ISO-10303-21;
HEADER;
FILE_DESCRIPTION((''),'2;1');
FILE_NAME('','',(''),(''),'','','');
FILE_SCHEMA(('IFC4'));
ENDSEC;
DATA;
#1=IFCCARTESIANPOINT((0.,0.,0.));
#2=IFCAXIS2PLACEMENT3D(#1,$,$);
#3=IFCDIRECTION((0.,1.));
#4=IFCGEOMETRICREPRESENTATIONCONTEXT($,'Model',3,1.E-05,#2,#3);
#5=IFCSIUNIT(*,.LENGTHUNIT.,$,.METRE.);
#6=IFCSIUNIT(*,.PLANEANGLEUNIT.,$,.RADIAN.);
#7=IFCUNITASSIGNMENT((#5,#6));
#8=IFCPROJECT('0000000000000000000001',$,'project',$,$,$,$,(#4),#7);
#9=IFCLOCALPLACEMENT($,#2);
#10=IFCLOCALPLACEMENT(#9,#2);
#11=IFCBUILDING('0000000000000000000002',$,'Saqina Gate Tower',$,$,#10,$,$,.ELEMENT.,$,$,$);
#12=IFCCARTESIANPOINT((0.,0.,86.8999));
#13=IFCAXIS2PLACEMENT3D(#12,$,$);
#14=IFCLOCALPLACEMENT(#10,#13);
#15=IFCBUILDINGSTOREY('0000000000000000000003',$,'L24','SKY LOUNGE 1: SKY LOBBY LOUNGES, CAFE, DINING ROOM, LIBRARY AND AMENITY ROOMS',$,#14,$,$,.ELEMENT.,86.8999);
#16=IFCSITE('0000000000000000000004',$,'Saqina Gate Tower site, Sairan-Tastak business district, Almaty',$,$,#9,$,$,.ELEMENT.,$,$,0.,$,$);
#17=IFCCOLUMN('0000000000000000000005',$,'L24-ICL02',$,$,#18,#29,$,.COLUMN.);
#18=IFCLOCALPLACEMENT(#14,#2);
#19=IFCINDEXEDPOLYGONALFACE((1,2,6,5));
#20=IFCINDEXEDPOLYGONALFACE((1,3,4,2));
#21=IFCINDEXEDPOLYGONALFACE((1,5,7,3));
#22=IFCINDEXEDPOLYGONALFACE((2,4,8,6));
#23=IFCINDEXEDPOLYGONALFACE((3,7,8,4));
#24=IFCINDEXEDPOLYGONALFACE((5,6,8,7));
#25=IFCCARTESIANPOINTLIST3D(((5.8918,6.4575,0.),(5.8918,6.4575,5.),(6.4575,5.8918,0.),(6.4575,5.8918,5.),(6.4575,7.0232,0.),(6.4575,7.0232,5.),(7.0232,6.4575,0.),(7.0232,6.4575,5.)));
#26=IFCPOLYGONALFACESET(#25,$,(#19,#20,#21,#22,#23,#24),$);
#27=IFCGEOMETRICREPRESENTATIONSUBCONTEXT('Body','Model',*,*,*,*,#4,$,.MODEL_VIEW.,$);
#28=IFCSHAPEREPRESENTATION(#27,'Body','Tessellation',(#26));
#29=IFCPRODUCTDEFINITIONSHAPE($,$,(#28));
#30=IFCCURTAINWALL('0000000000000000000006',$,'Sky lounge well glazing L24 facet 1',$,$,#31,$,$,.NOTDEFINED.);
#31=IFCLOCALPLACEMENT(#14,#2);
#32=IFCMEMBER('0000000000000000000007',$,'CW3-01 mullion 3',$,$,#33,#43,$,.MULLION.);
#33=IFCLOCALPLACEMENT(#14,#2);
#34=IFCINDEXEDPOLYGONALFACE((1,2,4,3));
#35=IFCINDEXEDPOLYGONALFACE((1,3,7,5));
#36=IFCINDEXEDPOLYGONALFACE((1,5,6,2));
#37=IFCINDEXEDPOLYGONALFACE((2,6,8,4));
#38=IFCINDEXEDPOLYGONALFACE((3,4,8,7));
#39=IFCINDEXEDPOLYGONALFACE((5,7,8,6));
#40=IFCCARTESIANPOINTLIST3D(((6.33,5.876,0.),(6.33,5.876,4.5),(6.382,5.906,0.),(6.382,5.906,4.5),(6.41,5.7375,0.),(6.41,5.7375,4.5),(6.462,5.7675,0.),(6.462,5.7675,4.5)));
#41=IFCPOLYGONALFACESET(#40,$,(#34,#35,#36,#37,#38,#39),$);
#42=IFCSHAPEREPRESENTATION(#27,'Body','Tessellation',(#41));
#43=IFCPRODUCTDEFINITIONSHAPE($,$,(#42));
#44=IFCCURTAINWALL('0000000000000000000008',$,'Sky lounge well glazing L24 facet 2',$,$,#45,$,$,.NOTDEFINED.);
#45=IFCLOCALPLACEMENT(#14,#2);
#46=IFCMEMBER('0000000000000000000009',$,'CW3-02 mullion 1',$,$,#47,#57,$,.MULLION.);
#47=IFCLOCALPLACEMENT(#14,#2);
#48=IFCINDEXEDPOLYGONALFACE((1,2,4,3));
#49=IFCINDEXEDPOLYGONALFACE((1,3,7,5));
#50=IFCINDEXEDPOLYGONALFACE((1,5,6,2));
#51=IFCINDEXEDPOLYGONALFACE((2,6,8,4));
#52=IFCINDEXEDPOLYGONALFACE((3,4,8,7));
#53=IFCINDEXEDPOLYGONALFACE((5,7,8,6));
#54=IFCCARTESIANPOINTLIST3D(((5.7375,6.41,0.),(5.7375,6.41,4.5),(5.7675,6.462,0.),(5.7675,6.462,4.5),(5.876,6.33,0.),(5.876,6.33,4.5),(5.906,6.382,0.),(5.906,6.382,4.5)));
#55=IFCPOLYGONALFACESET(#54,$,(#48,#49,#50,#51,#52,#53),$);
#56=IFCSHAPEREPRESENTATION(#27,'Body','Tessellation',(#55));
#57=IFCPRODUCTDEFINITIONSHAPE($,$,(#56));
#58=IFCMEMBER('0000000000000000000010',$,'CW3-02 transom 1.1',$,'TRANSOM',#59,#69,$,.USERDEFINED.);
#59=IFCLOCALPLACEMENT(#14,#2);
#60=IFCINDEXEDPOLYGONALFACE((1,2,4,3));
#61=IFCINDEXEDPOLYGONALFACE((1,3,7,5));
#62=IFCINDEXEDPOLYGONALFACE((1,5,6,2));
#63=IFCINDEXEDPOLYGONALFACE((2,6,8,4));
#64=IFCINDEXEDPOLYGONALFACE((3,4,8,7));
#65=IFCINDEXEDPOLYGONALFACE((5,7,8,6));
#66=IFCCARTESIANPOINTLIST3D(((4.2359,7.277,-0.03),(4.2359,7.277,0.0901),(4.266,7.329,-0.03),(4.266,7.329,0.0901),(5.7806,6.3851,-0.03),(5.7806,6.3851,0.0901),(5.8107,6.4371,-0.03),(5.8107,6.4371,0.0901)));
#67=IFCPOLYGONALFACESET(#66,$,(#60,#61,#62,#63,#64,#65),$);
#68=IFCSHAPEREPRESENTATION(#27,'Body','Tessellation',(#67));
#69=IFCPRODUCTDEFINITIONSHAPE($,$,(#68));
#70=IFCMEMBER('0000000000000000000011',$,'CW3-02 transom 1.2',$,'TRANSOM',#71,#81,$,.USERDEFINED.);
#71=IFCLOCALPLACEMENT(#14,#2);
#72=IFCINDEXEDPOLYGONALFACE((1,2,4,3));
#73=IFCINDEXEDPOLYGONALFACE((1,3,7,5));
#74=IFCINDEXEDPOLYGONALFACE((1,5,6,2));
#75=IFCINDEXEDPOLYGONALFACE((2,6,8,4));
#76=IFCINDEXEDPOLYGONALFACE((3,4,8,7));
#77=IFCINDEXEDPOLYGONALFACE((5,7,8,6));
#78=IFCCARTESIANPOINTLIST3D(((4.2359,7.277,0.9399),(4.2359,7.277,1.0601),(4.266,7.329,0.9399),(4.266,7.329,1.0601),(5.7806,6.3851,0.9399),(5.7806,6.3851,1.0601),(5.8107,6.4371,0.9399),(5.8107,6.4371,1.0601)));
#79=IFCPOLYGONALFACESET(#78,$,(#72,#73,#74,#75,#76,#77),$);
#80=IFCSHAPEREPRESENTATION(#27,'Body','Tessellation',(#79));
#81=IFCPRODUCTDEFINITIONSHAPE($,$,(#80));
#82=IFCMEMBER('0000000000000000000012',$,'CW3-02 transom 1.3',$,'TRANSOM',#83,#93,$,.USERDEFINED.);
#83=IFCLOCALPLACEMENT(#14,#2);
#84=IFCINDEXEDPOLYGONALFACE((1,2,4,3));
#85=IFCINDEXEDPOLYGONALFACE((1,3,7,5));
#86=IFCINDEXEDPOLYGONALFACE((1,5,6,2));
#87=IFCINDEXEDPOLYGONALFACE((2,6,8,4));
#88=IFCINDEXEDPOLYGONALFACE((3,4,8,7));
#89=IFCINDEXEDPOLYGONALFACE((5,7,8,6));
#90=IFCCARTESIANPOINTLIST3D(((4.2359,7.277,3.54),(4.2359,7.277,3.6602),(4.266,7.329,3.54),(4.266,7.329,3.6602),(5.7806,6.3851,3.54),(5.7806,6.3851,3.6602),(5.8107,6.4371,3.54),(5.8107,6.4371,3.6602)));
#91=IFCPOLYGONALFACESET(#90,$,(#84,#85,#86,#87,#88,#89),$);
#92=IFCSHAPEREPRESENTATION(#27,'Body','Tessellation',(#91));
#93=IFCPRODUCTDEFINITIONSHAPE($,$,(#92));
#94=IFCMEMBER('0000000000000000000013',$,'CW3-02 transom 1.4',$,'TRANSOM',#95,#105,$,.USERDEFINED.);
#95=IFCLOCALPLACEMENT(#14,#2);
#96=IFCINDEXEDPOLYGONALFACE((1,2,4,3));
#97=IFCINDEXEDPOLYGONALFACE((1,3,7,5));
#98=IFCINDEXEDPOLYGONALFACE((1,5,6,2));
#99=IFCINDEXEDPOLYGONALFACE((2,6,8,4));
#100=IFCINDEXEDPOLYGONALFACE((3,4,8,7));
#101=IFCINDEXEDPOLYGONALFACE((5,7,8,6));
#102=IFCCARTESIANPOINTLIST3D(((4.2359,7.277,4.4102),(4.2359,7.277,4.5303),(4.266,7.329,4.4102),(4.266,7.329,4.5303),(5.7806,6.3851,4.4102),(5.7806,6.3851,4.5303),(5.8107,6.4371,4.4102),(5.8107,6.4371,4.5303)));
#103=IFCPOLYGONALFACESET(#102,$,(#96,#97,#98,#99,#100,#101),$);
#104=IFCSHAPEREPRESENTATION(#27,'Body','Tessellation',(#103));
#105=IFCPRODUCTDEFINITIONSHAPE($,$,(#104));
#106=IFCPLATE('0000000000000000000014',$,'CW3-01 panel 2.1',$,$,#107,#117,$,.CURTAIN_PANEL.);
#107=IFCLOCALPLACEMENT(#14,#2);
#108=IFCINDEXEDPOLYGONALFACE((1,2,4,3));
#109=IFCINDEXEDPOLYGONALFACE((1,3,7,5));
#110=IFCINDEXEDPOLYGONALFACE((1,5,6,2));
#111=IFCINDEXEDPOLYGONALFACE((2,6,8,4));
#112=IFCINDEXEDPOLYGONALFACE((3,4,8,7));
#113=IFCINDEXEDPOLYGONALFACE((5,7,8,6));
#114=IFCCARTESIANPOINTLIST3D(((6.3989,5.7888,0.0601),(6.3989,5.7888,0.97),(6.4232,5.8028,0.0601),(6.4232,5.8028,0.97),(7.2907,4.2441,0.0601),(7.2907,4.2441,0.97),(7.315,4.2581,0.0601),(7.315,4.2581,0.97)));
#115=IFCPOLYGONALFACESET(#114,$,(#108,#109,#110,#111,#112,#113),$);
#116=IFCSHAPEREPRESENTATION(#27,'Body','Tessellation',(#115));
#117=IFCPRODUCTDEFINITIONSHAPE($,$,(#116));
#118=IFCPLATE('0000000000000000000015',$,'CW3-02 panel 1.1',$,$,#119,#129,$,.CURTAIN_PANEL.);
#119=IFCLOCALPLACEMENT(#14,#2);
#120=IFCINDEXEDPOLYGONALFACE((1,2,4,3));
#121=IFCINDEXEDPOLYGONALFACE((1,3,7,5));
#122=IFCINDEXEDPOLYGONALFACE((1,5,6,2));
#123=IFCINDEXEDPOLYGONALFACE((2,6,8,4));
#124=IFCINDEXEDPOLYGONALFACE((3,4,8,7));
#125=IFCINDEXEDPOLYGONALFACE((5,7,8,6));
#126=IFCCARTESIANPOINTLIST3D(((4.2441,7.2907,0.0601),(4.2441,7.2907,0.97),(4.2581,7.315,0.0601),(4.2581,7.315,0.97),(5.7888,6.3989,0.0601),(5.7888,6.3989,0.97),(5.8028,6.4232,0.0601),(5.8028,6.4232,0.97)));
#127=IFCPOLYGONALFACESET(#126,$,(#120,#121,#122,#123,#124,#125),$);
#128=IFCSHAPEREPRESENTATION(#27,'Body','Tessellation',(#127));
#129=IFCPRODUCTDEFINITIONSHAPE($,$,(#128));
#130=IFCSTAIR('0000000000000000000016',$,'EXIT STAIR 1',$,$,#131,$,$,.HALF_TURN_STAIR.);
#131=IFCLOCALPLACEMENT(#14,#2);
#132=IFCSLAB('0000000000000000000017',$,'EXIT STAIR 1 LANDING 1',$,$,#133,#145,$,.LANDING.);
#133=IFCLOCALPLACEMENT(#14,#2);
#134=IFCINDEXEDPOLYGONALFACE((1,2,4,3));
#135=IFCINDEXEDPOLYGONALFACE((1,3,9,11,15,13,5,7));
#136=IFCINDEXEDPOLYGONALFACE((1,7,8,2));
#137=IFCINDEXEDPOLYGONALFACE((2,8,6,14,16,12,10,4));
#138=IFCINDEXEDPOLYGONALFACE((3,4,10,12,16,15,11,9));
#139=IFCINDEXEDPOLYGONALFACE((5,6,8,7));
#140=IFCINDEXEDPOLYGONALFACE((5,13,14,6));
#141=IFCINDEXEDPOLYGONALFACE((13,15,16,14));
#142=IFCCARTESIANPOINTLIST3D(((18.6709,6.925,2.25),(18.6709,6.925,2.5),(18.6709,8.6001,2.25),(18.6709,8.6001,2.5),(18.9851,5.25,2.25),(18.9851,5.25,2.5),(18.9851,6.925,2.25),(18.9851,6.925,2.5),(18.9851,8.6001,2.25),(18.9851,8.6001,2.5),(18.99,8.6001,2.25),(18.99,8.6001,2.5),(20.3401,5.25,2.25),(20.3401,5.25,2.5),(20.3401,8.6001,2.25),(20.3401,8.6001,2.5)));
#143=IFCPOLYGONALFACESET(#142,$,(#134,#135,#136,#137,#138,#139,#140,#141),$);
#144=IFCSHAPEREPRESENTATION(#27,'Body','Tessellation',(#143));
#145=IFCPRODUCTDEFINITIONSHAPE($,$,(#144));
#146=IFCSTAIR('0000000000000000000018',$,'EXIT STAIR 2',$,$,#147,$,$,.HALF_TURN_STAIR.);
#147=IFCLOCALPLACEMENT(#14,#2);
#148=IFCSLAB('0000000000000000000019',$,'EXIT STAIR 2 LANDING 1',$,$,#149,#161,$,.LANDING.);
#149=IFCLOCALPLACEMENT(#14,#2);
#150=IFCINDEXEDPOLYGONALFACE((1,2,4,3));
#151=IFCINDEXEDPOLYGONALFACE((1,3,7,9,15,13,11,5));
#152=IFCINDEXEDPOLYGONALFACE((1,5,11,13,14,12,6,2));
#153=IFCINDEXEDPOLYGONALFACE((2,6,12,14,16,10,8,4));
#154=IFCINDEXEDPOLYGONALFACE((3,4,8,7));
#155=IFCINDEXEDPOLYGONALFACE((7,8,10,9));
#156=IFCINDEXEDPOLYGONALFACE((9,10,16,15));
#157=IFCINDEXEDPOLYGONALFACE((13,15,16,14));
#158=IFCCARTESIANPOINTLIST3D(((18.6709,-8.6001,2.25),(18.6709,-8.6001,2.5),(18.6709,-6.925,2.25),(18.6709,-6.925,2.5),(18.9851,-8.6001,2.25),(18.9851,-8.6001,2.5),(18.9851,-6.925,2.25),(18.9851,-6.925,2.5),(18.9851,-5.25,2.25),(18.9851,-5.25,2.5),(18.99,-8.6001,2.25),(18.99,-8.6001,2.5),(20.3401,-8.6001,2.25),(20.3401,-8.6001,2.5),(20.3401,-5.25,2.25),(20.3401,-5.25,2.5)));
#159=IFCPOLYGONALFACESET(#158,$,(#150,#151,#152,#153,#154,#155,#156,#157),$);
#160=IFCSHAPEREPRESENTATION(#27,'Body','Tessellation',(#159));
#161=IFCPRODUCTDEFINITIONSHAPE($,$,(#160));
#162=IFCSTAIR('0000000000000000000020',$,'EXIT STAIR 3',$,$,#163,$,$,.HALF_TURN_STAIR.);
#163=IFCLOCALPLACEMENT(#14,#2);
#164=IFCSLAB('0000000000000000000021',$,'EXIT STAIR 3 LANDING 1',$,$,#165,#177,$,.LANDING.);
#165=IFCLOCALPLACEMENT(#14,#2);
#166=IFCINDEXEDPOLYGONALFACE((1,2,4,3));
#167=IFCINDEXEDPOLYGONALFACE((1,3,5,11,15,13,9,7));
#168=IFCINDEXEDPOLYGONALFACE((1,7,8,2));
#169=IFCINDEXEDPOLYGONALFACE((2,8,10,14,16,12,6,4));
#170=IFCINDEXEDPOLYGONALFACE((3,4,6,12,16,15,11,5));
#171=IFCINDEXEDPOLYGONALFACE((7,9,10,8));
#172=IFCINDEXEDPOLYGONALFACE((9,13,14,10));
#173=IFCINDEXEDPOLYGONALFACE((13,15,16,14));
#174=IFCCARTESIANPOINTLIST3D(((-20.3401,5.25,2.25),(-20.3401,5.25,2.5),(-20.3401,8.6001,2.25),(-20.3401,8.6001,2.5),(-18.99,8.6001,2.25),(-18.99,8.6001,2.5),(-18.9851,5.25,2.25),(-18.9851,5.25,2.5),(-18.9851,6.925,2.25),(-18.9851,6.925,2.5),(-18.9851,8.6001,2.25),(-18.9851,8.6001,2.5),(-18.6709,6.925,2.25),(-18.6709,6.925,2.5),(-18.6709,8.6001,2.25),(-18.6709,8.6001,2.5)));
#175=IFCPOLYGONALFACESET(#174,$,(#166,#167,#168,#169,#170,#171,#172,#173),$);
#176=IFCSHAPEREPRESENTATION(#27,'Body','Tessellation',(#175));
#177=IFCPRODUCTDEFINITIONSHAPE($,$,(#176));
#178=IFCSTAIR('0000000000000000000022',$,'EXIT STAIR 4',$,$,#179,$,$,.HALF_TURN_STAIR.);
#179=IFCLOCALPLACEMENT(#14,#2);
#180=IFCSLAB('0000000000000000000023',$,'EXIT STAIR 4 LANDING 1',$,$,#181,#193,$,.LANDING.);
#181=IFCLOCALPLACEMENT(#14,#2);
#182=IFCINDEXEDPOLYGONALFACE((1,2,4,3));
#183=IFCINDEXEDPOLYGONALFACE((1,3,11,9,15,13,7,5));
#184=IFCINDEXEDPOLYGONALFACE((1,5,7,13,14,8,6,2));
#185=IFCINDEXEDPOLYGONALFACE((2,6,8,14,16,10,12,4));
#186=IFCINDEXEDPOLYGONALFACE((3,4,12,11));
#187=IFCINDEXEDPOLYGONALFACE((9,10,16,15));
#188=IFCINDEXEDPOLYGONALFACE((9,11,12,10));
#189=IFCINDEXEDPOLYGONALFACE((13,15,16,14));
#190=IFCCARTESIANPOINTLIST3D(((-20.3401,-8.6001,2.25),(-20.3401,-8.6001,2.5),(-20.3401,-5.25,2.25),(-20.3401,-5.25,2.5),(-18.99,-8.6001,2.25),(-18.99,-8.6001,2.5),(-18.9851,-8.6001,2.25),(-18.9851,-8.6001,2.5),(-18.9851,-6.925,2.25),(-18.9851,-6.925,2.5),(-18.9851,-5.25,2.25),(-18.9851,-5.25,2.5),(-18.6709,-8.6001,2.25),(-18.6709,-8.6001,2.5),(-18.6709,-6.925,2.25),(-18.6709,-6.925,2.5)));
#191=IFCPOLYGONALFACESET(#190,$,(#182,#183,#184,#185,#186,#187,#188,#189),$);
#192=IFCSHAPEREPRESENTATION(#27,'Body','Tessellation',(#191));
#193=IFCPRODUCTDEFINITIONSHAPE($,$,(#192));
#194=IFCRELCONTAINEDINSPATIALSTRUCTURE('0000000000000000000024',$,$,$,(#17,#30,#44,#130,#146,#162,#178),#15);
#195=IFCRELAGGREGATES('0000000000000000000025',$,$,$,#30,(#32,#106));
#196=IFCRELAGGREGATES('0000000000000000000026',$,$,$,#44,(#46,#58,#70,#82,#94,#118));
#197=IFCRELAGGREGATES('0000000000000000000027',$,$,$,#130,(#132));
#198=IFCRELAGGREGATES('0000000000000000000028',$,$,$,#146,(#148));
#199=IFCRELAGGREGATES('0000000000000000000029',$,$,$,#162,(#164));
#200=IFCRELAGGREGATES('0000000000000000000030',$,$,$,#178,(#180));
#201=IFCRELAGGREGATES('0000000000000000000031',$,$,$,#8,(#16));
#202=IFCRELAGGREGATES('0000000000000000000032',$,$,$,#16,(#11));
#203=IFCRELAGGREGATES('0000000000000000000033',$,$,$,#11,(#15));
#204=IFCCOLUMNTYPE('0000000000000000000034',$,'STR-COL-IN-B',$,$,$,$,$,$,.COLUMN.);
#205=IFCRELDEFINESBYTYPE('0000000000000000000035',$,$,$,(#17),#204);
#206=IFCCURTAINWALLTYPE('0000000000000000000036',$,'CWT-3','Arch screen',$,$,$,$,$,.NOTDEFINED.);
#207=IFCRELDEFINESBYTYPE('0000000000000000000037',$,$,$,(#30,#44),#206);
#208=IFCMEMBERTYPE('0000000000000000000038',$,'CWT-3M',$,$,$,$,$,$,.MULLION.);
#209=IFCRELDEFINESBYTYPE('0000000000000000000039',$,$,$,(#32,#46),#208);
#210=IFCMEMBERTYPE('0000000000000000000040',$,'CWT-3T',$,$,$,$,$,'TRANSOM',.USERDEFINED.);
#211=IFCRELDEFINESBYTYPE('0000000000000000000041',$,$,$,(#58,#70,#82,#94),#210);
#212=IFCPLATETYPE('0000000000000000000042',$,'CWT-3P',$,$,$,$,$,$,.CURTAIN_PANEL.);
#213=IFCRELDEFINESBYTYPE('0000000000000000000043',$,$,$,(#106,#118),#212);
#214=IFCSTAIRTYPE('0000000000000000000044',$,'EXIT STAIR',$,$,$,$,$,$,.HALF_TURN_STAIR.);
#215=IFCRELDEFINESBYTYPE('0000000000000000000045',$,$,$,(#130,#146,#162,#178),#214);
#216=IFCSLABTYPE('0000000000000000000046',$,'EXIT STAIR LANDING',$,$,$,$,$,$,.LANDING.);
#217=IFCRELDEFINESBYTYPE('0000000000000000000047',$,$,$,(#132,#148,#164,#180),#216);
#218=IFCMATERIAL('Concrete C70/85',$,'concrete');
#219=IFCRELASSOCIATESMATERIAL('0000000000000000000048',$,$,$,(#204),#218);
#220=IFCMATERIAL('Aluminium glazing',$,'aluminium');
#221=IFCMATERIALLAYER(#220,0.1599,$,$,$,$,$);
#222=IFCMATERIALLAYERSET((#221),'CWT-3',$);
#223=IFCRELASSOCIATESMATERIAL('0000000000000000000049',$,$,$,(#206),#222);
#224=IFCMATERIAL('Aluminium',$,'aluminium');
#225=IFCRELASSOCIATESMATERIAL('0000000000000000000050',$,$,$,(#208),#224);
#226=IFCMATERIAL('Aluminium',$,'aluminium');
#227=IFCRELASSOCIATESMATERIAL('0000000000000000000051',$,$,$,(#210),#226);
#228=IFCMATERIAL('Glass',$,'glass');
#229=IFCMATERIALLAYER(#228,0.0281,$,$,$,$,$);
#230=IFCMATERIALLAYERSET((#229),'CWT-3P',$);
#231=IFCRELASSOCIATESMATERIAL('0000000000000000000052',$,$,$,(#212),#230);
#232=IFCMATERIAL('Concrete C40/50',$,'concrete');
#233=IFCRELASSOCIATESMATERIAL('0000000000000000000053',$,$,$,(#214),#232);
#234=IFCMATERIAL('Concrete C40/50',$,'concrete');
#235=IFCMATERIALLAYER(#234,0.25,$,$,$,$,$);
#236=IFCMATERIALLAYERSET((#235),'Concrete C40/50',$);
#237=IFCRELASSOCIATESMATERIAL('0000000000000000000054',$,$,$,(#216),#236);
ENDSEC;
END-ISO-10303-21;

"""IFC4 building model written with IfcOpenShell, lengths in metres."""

from ifc_helpers import new_model, si_unit, direction, frame, origin, origin_2d, place, context, subcontext, project, spatial, polyline, rectangle, outline, extrude, material, layer, layer_set, material_profile, profile_set, type_object, element, aggregate, save


model = new_model("IFC4")

# Units and contexts
model_context = context("Model", 3, precision=1e-05, world=origin(), true_north=direction((0.0, 1.0)))
body_context = subcontext(model_context, "Body", "Model", "MODEL_VIEW")
ifc_project = project(units=[si_unit("LENGTHUNIT", "METRE"), si_unit("PLANEANGLEUNIT", "RADIAN")], contexts=[model_context])

# Site, building, storey
site_placement = place(None, origin())
site = spatial("IfcSite", under=ifc_project, at=site_placement, Name="Saqina Gate Tower site, Sairan-Tastak business district, Almaty", CompositionType="ELEMENT", RefElevation=0.0)
building_placement = place(site_placement, origin())
building = spatial("IfcBuilding", under=site, at=building_placement, Name="Saqina Gate Tower", CompositionType="ELEMENT")
storey_placement = place(building_placement, frame((0.0, 0.0, 86.8999)))
storey = spatial("IfcBuildingStorey", under=building, at=storey_placement, Name="L24", Description="SKY LOUNGE 1: SKY LOBBY LOUNGES, CAFE, DINING ROOM, LIBRARY AND AMENITY ROOMS", CompositionType="ELEMENT", Elevation=86.8999)

# Column
ifc_material_1 = material(Name="Concrete C70/85", Category="concrete")
ifc_material_profile_1 = material_profile(ifc_material_1, rectangle(XDim=0.8, YDim=0.8, at=origin_2d()), Name="RC 800x800")
ifc_profile_set_1 = profile_set([ifc_material_profile_1], Name="Concrete C70/85")
column_type = type_object("IfcColumnType", Name="STR-COL-IN-B", PredefinedType="COLUMN", material=ifc_profile_set_1)
column_placement = place(storey_placement, frame((6.4575, 6.4575, 0.0), z_axis=(0.0, 0.0, 1.0), x_axis=(0.707107, 0.707107, 0.0)))
element("IfcColumn", 1, at=column_placement, inside=storey, type_object=column_type, Name="L24-ICL02", PredefinedType="COLUMN", context=body_context, shape_type="SweptSolid", body=[
    extrude(rectangle(XDim=0.8, YDim=0.8, at=origin_2d()), origin(), (0.0, 0.0, 1.0), 5.0),
])

# Curtain wall, member
ifc_material_2 = material(Name="Aluminium glazing", Category="aluminium")
ifc_layer_1 = layer(ifc_material_2, 0.1599)
ifc_layer_set_1 = layer_set([ifc_layer_1], Name="CWT-3")
curtain_wall_type = type_object("IfcCurtainWallType", Name="CWT-3", Description="Arch screen", PredefinedType="NOTDEFINED", material=ifc_layer_set_1)
curtain_wall_1_placement = place(storey_placement, origin())
curtain_wall_1 = element("IfcCurtainWall", 2, at=curtain_wall_1_placement, inside=storey, type_object=curtain_wall_type, Name="Sky lounge well glazing L24 facet 1", PredefinedType="NOTDEFINED")
ifc_material_3 = material(Name="Aluminium", Category="aluminium")
ifc_material_profile_2 = material_profile(ifc_material_3, rectangle(XDim=0.0601, YDim=0.1599, at=origin_2d()), Name="Aluminium 60x160")
ifc_profile_set_2 = profile_set([ifc_material_profile_2], Name="Aluminium")
member_type_1 = type_object("IfcMemberType", Name="CWT-3M", PredefinedType="MULLION", material=ifc_profile_set_2)
member_1_placement = place(storey_placement, frame((6.396, 5.8218, 0.0), z_axis=(0.0, 0.0, 1.0), x_axis=(-0.866029, -0.499993, 0.0)))
member_1 = element("IfcMember", 3, at=member_1_placement, type_object=member_type_1, Name="CW3-01 mullion 3", PredefinedType="MULLION", context=body_context, shape_type="SweptSolid", body=[
    extrude(rectangle(XDim=0.0601, YDim=0.1599, at=origin_2d()), origin(), (0.0, 0.0, 1.0), 4.5),
])

# Curtain wall, members
curtain_wall_2_placement = place(storey_placement, origin())
curtain_wall_2 = element("IfcCurtainWall", 4, at=curtain_wall_2_placement, inside=storey, type_object=curtain_wall_type, Name="Sky lounge well glazing L24 facet 2", PredefinedType="NOTDEFINED")
member_2_placement = place(storey_placement, frame((5.8218, 6.396, 0.0), z_axis=(0.0, 0.0, 1.0), x_axis=(-0.499993, -0.866029, 0.0)))
member_2 = element("IfcMember", 5, at=member_2_placement, type_object=member_type_1, Name="CW3-02 mullion 1", PredefinedType="MULLION", context=body_context, shape_type="SweptSolid", body=[
    extrude(rectangle(XDim=0.0601, YDim=0.1599, at=origin_2d()), origin(), (0.0, 0.0, 1.0), 4.5),
])
ifc_material_4 = material(Name="Aluminium", Category="aluminium")
ifc_material_profile_3 = material_profile(ifc_material_4, rectangle(XDim=0.0601, YDim=0.1201, at=origin_2d()), Name="Aluminium 60x120")
ifc_profile_set_3 = profile_set([ifc_material_profile_3], Name="Aluminium")
member_type_2 = type_object("IfcMemberType", Name="CWT-3T", ElementType="TRANSOM", PredefinedType="USERDEFINED", material=ifc_profile_set_3)
member_3_placement = place(storey_placement, frame((5.7957, 6.4111, 0.03), z_axis=(-0.866019, 0.500011, 0.0), x_axis=(-0.500011, -0.866019, 0.0)))
member_3 = element("IfcMember", 6, at=member_3_placement, type_object=member_type_2, Name="CW3-02 transom 1.1", ObjectType="TRANSOM", PredefinedType="USERDEFINED", context=body_context, shape_type="SweptSolid", body=[
    extrude(rectangle(XDim=0.0601, YDim=0.1201, at=origin_2d()), origin(), (0.0, 0.0, 1.0), 1.7837),
])
member_4_placement = place(storey_placement, frame((5.7957, 6.4111, 1.0), z_axis=(-0.866019, 0.500011, 0.0), x_axis=(-0.500011, -0.866019, 0.0)))
member_4 = element("IfcMember", 7, at=member_4_placement, type_object=member_type_2, Name="CW3-02 transom 1.2", ObjectType="TRANSOM", PredefinedType="USERDEFINED", context=body_context, shape_type="SweptSolid", body=[
    extrude(rectangle(XDim=0.0601, YDim=0.1201, at=origin_2d()), origin(), (0.0, 0.0, 1.0), 1.7837),
])
member_5_placement = place(storey_placement, frame((5.7957, 6.4111, 3.6001), z_axis=(-0.866019, 0.500011, 0.0), x_axis=(-0.500011, -0.866019, 0.0)))
member_5 = element("IfcMember", 8, at=member_5_placement, type_object=member_type_2, Name="CW3-02 transom 1.3", ObjectType="TRANSOM", PredefinedType="USERDEFINED", context=body_context, shape_type="SweptSolid", body=[
    extrude(rectangle(XDim=0.0601, YDim=0.1201, at=origin_2d()), origin(), (0.0, 0.0, 1.0), 1.7837),
])
member_6_placement = place(storey_placement, frame((5.7957, 6.4111, 4.4702), z_axis=(-0.866019, 0.500011, 0.0), x_axis=(-0.500011, -0.866019, 0.0)))
member_6 = element("IfcMember", 9, at=member_6_placement, type_object=member_type_2, Name="CW3-02 transom 1.4", ObjectType="TRANSOM", PredefinedType="USERDEFINED", context=body_context, shape_type="SweptSolid", body=[
    extrude(rectangle(XDim=0.0601, YDim=0.1201, at=origin_2d()), origin(), (0.0, 0.0, 1.0), 1.7837),
])

# Plates
ifc_material_5 = material(Name="Glass", Category="glass")
ifc_layer_2 = layer(ifc_material_5, 0.0281)
ifc_layer_set_2 = layer_set([ifc_layer_2], Name="CWT-3P")
plate_type = type_object("IfcPlateType", Name="CWT-3P", PredefinedType="CURTAIN_PANEL", material=ifc_layer_set_2)
plate_1_placement = place(storey_placement, frame((6.8569, 5.0234, 0.0601), z_axis=(0.0, 0.0, 1.0), x_axis=(-0.499993, 0.866029, 0.0)))
plate_1 = element("IfcPlate", 10, at=plate_1_placement, type_object=plate_type, Name="CW3-01 panel 2.1", PredefinedType="CURTAIN_PANEL", context=body_context, shape_type="SweptSolid", body=[
    extrude(rectangle(XDim=1.7837, YDim=0.0281, at=origin_2d()), origin(), (0.0, 0.0, 1.0), 0.9099),
])
aggregate(curtain_wall_1, [member_1, plate_1])
plate_2_placement = place(storey_placement, frame((5.0234, 6.8569, 0.0601), z_axis=(0.0, 0.0, 1.0), x_axis=(-0.866029, 0.499993, 0.0)))
plate_2 = element("IfcPlate", 11, at=plate_2_placement, type_object=plate_type, Name="CW3-02 panel 1.1", PredefinedType="CURTAIN_PANEL", context=body_context, shape_type="SweptSolid", body=[
    extrude(rectangle(XDim=1.7837, YDim=0.0281, at=origin_2d()), origin(), (0.0, 0.0, 1.0), 0.9099),
])
aggregate(curtain_wall_2, [member_2, member_3, member_4, member_5, member_6, plate_2])

# Stairs, slabs
ifc_material_6 = material(Name="Concrete C40/50", Category="concrete")
stair_type = type_object("IfcStairType", Name="EXIT STAIR", PredefinedType="HALF_TURN_STAIR", material=ifc_material_6)
stair_1_placement = place(storey_placement, origin())
stair_1 = element("IfcStair", 12, at=stair_1_placement, inside=storey, type_object=stair_type, Name="EXIT STAIR 1", PredefinedType="HALF_TURN_STAIR")
ifc_material_7 = material(Name="Concrete C40/50", Category="concrete")
ifc_layer_3 = layer(ifc_material_7, 0.25)
ifc_layer_set_3 = layer_set([ifc_layer_3], Name="Concrete C40/50")
slab_type = type_object("IfcSlabType", Name="EXIT STAIR LANDING", PredefinedType="LANDING", material=ifc_layer_set_3)
slab_1_placement = place(storey_placement, frame((0.0, 0.0, 2.25)))
slab_1 = element("IfcSlab", 13, at=slab_1_placement, type_object=slab_type, Name="EXIT STAIR 1 LANDING 1", PredefinedType="LANDING", context=body_context, shape_type="SweptSolid", body=[
    extrude(outline(polyline([(20.3401, 8.6001), (20.3401, 5.25), (18.9851, 5.25), (18.9851, 6.925), (18.6709, 6.925), (18.6709, 8.6001), (18.9851, 8.6001), (18.99, 8.6001), (20.3401, 8.6001)])), origin(), (0.0, 0.0, 1.0), 0.25),
])
aggregate(stair_1, [slab_1])
stair_2_placement = place(storey_placement, origin())
stair_2 = element("IfcStair", 14, at=stair_2_placement, inside=storey, type_object=stair_type, Name="EXIT STAIR 2", PredefinedType="HALF_TURN_STAIR")
slab_2_placement = place(storey_placement, frame((0.0, 0.0, 2.25)))
slab_2 = element("IfcSlab", 15, at=slab_2_placement, type_object=slab_type, Name="EXIT STAIR 2 LANDING 1", PredefinedType="LANDING", context=body_context, shape_type="SweptSolid", body=[
    extrude(outline(polyline([(18.6709, -8.6001), (18.6709, -6.925), (18.9851, -6.925), (18.9851, -5.25), (20.3401, -5.25), (20.3401, -8.6001), (18.99, -8.6001), (18.9851, -8.6001), (18.6709, -8.6001)])), origin(), (0.0, 0.0, 1.0), 0.25),
])
aggregate(stair_2, [slab_2])
stair_3_placement = place(storey_placement, origin())
stair_3 = element("IfcStair", 16, at=stair_3_placement, inside=storey, type_object=stair_type, Name="EXIT STAIR 3", PredefinedType="HALF_TURN_STAIR")
slab_3_placement = place(storey_placement, frame((0.0, 0.0, 2.25)))
slab_3 = element("IfcSlab", 17, at=slab_3_placement, type_object=slab_type, Name="EXIT STAIR 3 LANDING 1", PredefinedType="LANDING", context=body_context, shape_type="SweptSolid", body=[
    extrude(outline(polyline([(-18.9851, 5.25), (-20.3401, 5.25), (-20.3401, 8.6001), (-18.99, 8.6001), (-18.9851, 8.6001), (-18.6709, 8.6001), (-18.6709, 6.925), (-18.9851, 6.925), (-18.9851, 5.25)])), origin(), (0.0, 0.0, 1.0), 0.25),
])
aggregate(stair_3, [slab_3])
stair_4_placement = place(storey_placement, origin())
stair_4 = element("IfcStair", 18, at=stair_4_placement, inside=storey, type_object=stair_type, Name="EXIT STAIR 4", PredefinedType="HALF_TURN_STAIR")
slab_4_placement = place(storey_placement, frame((0.0, 0.0, 2.25)))
slab_4 = element("IfcSlab", 19, at=slab_4_placement, type_object=slab_type, Name="EXIT STAIR 4 LANDING 1", PredefinedType="LANDING", context=body_context, shape_type="SweptSolid", body=[
    extrude(outline(polyline([(-18.6709, -6.925), (-18.6709, -8.6001), (-18.9851, -8.6001), (-18.99, -8.6001), (-20.3401, -8.6001), (-20.3401, -5.25), (-18.9851, -5.25), (-18.9851, -6.925), (-18.6709, -6.925)])), origin(), (0.0, 0.0, 1.0), 0.25),
])
aggregate(stair_4, [slab_4])

save(model, "model.ifc")
